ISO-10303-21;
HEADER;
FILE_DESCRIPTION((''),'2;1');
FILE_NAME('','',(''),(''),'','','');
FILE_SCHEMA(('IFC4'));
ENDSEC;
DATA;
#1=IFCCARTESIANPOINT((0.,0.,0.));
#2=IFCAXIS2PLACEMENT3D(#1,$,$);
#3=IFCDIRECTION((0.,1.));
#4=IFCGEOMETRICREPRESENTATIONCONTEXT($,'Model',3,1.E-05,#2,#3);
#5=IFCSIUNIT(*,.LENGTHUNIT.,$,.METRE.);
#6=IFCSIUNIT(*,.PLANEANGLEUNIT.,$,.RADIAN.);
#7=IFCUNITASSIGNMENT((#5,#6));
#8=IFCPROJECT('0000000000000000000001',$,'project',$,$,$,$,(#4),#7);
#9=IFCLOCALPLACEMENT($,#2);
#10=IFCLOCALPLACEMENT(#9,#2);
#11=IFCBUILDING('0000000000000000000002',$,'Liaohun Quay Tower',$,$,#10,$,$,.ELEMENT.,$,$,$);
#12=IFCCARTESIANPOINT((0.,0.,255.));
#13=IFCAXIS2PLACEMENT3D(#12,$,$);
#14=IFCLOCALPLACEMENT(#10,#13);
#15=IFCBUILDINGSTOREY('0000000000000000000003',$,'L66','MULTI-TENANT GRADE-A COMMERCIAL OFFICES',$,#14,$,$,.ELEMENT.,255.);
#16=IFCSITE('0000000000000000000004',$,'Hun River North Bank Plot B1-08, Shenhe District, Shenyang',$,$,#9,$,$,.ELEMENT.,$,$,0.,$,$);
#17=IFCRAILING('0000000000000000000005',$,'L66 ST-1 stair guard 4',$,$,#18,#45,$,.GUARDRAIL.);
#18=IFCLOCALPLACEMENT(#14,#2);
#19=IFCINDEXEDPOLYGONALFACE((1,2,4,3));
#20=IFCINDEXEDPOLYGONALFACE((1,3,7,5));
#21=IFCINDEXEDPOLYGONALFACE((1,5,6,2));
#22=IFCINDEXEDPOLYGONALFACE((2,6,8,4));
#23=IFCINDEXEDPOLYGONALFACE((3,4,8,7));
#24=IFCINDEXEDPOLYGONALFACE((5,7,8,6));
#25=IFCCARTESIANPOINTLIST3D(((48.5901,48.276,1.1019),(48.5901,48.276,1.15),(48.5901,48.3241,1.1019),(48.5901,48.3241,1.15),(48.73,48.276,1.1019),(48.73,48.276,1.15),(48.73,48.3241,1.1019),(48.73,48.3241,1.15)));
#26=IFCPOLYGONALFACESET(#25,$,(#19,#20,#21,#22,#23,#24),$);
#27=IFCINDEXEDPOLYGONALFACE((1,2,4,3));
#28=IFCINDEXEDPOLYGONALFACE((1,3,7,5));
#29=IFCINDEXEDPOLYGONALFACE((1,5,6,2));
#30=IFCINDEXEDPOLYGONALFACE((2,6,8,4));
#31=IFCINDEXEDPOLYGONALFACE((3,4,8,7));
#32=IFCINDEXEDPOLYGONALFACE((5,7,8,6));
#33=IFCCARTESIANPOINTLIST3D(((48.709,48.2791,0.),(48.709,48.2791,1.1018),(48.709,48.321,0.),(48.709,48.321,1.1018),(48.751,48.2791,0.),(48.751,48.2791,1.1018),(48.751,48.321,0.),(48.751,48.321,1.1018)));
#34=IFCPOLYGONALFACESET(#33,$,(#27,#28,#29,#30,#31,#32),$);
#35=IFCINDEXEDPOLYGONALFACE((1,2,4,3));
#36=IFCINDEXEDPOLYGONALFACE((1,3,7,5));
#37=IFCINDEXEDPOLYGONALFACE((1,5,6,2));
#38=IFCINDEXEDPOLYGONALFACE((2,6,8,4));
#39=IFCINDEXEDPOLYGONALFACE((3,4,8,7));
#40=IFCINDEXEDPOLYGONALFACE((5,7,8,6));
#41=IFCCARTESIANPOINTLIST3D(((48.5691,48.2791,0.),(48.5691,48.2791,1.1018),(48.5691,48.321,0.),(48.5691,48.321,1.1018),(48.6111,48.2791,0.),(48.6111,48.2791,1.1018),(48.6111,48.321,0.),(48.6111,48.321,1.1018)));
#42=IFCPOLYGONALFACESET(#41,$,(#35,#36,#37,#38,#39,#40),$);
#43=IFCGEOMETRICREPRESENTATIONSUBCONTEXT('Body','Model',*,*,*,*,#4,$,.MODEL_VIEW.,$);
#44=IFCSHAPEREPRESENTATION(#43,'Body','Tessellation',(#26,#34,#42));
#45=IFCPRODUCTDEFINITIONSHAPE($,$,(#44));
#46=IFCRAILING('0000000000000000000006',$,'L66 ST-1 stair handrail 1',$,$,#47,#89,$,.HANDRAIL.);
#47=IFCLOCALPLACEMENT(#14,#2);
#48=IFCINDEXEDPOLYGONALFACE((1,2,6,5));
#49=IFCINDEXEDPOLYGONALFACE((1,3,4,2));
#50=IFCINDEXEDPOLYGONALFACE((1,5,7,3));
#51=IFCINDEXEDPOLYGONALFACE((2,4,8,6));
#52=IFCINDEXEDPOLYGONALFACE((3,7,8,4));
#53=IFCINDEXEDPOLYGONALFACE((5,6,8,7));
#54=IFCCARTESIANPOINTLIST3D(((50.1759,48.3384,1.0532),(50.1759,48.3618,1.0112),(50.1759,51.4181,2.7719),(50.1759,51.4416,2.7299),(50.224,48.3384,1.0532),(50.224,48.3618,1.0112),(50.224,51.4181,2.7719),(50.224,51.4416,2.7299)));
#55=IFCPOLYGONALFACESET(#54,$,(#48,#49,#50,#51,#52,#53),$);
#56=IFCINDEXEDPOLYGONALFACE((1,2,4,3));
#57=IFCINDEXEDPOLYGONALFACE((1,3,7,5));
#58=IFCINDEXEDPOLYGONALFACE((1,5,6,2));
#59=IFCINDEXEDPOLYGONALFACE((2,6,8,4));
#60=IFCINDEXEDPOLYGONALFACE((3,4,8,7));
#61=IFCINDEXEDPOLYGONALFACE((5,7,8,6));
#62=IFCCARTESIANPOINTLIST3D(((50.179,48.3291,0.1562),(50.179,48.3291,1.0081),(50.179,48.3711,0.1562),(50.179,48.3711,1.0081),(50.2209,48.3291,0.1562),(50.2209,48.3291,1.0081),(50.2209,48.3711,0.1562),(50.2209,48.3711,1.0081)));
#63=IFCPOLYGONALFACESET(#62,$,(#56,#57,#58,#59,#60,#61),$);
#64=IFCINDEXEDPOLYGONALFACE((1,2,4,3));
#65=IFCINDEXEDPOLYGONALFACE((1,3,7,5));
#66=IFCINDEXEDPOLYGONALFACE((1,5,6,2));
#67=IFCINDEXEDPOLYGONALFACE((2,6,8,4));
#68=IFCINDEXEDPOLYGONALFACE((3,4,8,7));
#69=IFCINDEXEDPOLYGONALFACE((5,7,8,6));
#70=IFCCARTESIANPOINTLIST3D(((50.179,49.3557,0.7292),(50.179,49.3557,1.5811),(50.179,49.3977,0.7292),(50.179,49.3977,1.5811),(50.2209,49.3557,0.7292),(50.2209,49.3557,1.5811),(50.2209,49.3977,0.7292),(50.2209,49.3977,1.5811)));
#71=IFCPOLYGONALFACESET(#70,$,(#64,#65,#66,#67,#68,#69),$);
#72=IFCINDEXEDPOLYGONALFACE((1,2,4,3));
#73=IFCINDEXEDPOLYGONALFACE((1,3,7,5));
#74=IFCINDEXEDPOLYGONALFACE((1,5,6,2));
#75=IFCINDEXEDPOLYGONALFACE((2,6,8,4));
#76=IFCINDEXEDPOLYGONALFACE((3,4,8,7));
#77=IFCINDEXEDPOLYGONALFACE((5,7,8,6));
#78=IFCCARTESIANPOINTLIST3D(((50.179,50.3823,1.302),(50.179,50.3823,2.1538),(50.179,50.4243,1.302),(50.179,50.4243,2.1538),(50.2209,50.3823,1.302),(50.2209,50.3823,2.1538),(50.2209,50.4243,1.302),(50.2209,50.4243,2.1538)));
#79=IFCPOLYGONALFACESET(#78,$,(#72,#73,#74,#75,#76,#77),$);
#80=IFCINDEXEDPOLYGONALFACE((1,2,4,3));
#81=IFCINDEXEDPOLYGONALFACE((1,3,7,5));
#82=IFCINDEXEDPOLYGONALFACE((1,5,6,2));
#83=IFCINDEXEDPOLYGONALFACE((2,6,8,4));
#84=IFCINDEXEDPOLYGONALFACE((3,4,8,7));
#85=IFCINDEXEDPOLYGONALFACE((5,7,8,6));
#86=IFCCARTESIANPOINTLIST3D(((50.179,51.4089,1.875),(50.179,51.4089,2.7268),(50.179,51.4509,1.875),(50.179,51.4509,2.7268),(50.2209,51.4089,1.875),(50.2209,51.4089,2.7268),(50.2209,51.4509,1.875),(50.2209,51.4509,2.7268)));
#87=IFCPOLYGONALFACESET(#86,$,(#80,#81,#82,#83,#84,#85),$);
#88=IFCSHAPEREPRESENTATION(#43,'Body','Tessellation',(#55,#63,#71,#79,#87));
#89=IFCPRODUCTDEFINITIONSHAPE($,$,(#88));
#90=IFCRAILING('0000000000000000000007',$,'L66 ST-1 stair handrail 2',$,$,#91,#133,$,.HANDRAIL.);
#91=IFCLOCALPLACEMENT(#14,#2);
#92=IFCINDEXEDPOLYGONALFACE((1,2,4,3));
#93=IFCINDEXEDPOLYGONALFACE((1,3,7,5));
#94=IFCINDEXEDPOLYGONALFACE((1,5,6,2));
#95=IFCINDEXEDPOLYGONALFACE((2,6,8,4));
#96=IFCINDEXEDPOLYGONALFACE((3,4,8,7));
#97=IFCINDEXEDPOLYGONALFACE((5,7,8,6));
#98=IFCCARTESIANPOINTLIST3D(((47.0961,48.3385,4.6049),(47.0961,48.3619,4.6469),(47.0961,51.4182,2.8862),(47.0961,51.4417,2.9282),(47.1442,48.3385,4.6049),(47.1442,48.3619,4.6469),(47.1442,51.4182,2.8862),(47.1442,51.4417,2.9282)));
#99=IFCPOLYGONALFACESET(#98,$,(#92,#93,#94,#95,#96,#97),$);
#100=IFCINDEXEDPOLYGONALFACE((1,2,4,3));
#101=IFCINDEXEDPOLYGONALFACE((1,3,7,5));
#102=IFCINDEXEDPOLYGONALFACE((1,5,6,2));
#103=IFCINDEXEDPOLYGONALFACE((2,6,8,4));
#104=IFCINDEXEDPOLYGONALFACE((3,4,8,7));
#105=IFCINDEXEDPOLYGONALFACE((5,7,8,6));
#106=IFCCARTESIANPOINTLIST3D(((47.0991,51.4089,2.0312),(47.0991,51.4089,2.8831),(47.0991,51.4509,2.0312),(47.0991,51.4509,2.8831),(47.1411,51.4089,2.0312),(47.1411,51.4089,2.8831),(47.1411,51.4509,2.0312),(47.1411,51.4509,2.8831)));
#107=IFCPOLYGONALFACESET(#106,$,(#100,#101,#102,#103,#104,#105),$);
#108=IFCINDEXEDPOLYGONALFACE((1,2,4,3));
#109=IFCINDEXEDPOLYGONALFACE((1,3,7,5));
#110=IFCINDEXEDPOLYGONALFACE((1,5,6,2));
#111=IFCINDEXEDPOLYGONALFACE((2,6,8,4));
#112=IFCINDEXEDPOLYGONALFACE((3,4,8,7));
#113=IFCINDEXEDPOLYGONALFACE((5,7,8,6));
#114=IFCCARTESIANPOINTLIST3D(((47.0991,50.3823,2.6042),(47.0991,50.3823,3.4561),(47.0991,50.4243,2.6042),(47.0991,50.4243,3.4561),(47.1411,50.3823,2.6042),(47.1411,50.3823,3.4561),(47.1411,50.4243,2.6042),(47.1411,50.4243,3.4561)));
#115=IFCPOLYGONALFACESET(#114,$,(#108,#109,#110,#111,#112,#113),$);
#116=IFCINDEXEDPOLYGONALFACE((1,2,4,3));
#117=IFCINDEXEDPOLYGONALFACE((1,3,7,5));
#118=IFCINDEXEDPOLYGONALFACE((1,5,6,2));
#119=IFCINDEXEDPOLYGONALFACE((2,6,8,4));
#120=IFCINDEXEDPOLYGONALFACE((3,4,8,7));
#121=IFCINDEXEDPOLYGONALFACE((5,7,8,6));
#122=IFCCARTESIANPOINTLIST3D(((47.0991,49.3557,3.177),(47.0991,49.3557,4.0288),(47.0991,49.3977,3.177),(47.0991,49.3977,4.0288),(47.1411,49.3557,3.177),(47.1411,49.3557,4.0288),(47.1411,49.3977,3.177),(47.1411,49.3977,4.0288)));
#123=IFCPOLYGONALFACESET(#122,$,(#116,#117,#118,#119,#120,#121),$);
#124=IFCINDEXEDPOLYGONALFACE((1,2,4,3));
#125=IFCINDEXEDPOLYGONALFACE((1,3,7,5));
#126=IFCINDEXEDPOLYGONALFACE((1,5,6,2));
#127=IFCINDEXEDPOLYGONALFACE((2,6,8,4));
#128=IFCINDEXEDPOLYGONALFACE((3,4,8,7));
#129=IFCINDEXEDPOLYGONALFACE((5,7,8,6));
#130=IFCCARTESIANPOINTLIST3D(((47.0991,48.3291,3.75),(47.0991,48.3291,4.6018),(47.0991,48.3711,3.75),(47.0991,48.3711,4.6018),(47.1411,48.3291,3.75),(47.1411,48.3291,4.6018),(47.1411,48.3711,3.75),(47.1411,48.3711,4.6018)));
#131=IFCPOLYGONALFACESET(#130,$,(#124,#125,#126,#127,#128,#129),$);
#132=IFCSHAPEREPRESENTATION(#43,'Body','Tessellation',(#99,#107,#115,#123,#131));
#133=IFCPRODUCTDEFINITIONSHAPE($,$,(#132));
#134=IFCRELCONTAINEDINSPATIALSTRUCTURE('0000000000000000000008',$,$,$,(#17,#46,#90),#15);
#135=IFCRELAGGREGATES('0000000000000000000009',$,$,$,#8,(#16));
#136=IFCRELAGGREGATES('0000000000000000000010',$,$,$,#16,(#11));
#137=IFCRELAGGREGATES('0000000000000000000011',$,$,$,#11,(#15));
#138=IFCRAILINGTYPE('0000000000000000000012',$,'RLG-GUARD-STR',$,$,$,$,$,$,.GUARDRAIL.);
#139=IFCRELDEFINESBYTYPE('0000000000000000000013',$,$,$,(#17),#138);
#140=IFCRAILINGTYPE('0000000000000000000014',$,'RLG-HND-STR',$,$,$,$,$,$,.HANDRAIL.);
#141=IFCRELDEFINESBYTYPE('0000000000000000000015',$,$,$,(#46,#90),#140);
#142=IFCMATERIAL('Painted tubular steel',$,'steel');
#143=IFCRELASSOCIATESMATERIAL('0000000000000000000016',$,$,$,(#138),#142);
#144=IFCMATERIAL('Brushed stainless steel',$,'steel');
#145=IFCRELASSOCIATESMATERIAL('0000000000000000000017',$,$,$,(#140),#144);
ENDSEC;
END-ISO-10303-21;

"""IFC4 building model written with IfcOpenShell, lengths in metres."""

from ifc_helpers import new_model, si_unit, direction, frame, origin, origin_2d, place, context, subcontext, project, spatial, rectangle, extrude, material, type_object, element, save


model = new_model("IFC4")

# Units and contexts
model_context = context("Model", 3, precision=1e-05, world=origin(), true_north=direction((0.0, 1.0)))
body_context = subcontext(model_context, "Body", "Model", "MODEL_VIEW")
ifc_project = project(units=[si_unit("LENGTHUNIT", "METRE"), si_unit("PLANEANGLEUNIT", "RADIAN")], contexts=[model_context])

# Site, building, storey
site_placement = place(None, origin())
site = spatial("IfcSite", under=ifc_project, at=site_placement, Name="Hun River North Bank Plot B1-08, Shenhe District, Shenyang", CompositionType="ELEMENT", RefElevation=0.0)
building_placement = place(site_placement, origin())
building = spatial("IfcBuilding", under=site, at=building_placement, Name="Liaohun Quay Tower", CompositionType="ELEMENT")
storey_placement = place(building_placement, frame((0.0, 0.0, 255.0)))
storey = spatial("IfcBuildingStorey", under=building, at=storey_placement, Name="L66", Description="MULTI-TENANT GRADE-A COMMERCIAL OFFICES", CompositionType="ELEMENT", Elevation=255.0)

# Railings
ifc_material_1 = material(Name="Painted tubular steel", Category="steel")
railing_type_1 = type_object("IfcRailingType", Name="RLG-GUARD-STR", PredefinedType="GUARDRAIL", material=ifc_material_1)
railing_1_placement = place(storey_placement, frame((48.73, 48.3, 0.0)))
element("IfcRailing", 1, at=railing_1_placement, inside=storey, type_object=railing_type_1, Name="L66 ST-1 stair guard 4", PredefinedType="GUARDRAIL", context=body_context, shape_type="SweptSolid", body=[
    extrude(rectangle(XDim=0.0481, YDim=0.0481, at=origin_2d()), frame((0.0, 0.0, 1.126), z_axis=(-1.0, 0.0, 0.0), x_axis=(0.0, -1.0, 0.0)), (0.0, 0.0, 1.0), 0.1399),
    extrude(rectangle(XDim=0.042, YDim=0.042, at=origin_2d()), origin(), (0.0, 0.0, 1.0), 1.1018),
    extrude(rectangle(XDim=0.042, YDim=0.042, at=origin_2d()), frame((-0.1399, 0.0, 0.0)), (0.0, 0.0, 1.0), 1.1018),
])
ifc_material_2 = material(Name="Brushed stainless steel", Category="steel")
railing_type_2 = type_object("IfcRailingType", Name="RLG-HND-STR", PredefinedType="HANDRAIL", material=ifc_material_2)
railing_2_placement = place(storey_placement, frame((50.2, 48.3501, 0.1562)))
element("IfcRailing", 2, at=railing_2_placement, inside=storey, type_object=railing_type_2, Name="L66 ST-1 stair handrail 1", PredefinedType="HANDRAIL", context=body_context, shape_type="SweptSolid", body=[
    extrude(rectangle(XDim=0.0481, YDim=0.0481, at=origin_2d()), frame((0.0, 0.0, 0.876), z_axis=(0.0, 0.873225, 0.487317), x_axis=(-1.0, 0.0, 0.0)), (0.0, 0.0, 1.0), 3.5269),
    extrude(rectangle(XDim=0.042, YDim=0.042, at=origin_2d()), origin(), (0.0, 0.0, 1.0), 0.8518),
    extrude(rectangle(XDim=0.042, YDim=0.042, at=origin_2d()), frame((0.0, 1.0266, 0.573)), (0.0, 0.0, 1.0), 0.8518),
    extrude(rectangle(XDim=0.042, YDim=0.042, at=origin_2d()), frame((0.0, 2.0532, 1.1458)), (0.0, 0.0, 1.0), 0.8518),
    extrude(rectangle(XDim=0.042, YDim=0.042, at=origin_2d()), frame((0.0, 3.0798, 1.7188)), (0.0, 0.0, 1.0), 0.8518),
])
railing_3_placement = place(storey_placement, frame((47.1201, 51.4299, 2.0312)))
element("IfcRailing", 3, at=railing_3_placement, inside=storey, type_object=railing_type_2, Name="L66 ST-1 stair handrail 2", PredefinedType="HANDRAIL", context=body_context, shape_type="SweptSolid", body=[
    extrude(rectangle(XDim=0.0481, YDim=0.0481, at=origin_2d()), frame((0.0, 0.0, 0.876), z_axis=(0.0, -0.873225, 0.487317), x_axis=(1.0, 0.0, 0.0)), (0.0, 0.0, 1.0), 3.5269),
    extrude(rectangle(XDim=0.042, YDim=0.042, at=origin_2d()), origin(), (0.0, 0.0, 1.0), 0.8518),
    extrude(rectangle(XDim=0.042, YDim=0.042, at=origin_2d()), frame((0.0, -1.0266, 0.573)), (0.0, 0.0, 1.0), 0.8518),
    extrude(rectangle(XDim=0.042, YDim=0.042, at=origin_2d()), frame((0.0, -2.0532, 1.1458)), (0.0, 0.0, 1.0), 0.8518),
    extrude(rectangle(XDim=0.042, YDim=0.042, at=origin_2d()), frame((0.0, -3.0798, 1.7188)), (0.0, 0.0, 1.0), 0.8518),
])

save(model, "model.ifc")
